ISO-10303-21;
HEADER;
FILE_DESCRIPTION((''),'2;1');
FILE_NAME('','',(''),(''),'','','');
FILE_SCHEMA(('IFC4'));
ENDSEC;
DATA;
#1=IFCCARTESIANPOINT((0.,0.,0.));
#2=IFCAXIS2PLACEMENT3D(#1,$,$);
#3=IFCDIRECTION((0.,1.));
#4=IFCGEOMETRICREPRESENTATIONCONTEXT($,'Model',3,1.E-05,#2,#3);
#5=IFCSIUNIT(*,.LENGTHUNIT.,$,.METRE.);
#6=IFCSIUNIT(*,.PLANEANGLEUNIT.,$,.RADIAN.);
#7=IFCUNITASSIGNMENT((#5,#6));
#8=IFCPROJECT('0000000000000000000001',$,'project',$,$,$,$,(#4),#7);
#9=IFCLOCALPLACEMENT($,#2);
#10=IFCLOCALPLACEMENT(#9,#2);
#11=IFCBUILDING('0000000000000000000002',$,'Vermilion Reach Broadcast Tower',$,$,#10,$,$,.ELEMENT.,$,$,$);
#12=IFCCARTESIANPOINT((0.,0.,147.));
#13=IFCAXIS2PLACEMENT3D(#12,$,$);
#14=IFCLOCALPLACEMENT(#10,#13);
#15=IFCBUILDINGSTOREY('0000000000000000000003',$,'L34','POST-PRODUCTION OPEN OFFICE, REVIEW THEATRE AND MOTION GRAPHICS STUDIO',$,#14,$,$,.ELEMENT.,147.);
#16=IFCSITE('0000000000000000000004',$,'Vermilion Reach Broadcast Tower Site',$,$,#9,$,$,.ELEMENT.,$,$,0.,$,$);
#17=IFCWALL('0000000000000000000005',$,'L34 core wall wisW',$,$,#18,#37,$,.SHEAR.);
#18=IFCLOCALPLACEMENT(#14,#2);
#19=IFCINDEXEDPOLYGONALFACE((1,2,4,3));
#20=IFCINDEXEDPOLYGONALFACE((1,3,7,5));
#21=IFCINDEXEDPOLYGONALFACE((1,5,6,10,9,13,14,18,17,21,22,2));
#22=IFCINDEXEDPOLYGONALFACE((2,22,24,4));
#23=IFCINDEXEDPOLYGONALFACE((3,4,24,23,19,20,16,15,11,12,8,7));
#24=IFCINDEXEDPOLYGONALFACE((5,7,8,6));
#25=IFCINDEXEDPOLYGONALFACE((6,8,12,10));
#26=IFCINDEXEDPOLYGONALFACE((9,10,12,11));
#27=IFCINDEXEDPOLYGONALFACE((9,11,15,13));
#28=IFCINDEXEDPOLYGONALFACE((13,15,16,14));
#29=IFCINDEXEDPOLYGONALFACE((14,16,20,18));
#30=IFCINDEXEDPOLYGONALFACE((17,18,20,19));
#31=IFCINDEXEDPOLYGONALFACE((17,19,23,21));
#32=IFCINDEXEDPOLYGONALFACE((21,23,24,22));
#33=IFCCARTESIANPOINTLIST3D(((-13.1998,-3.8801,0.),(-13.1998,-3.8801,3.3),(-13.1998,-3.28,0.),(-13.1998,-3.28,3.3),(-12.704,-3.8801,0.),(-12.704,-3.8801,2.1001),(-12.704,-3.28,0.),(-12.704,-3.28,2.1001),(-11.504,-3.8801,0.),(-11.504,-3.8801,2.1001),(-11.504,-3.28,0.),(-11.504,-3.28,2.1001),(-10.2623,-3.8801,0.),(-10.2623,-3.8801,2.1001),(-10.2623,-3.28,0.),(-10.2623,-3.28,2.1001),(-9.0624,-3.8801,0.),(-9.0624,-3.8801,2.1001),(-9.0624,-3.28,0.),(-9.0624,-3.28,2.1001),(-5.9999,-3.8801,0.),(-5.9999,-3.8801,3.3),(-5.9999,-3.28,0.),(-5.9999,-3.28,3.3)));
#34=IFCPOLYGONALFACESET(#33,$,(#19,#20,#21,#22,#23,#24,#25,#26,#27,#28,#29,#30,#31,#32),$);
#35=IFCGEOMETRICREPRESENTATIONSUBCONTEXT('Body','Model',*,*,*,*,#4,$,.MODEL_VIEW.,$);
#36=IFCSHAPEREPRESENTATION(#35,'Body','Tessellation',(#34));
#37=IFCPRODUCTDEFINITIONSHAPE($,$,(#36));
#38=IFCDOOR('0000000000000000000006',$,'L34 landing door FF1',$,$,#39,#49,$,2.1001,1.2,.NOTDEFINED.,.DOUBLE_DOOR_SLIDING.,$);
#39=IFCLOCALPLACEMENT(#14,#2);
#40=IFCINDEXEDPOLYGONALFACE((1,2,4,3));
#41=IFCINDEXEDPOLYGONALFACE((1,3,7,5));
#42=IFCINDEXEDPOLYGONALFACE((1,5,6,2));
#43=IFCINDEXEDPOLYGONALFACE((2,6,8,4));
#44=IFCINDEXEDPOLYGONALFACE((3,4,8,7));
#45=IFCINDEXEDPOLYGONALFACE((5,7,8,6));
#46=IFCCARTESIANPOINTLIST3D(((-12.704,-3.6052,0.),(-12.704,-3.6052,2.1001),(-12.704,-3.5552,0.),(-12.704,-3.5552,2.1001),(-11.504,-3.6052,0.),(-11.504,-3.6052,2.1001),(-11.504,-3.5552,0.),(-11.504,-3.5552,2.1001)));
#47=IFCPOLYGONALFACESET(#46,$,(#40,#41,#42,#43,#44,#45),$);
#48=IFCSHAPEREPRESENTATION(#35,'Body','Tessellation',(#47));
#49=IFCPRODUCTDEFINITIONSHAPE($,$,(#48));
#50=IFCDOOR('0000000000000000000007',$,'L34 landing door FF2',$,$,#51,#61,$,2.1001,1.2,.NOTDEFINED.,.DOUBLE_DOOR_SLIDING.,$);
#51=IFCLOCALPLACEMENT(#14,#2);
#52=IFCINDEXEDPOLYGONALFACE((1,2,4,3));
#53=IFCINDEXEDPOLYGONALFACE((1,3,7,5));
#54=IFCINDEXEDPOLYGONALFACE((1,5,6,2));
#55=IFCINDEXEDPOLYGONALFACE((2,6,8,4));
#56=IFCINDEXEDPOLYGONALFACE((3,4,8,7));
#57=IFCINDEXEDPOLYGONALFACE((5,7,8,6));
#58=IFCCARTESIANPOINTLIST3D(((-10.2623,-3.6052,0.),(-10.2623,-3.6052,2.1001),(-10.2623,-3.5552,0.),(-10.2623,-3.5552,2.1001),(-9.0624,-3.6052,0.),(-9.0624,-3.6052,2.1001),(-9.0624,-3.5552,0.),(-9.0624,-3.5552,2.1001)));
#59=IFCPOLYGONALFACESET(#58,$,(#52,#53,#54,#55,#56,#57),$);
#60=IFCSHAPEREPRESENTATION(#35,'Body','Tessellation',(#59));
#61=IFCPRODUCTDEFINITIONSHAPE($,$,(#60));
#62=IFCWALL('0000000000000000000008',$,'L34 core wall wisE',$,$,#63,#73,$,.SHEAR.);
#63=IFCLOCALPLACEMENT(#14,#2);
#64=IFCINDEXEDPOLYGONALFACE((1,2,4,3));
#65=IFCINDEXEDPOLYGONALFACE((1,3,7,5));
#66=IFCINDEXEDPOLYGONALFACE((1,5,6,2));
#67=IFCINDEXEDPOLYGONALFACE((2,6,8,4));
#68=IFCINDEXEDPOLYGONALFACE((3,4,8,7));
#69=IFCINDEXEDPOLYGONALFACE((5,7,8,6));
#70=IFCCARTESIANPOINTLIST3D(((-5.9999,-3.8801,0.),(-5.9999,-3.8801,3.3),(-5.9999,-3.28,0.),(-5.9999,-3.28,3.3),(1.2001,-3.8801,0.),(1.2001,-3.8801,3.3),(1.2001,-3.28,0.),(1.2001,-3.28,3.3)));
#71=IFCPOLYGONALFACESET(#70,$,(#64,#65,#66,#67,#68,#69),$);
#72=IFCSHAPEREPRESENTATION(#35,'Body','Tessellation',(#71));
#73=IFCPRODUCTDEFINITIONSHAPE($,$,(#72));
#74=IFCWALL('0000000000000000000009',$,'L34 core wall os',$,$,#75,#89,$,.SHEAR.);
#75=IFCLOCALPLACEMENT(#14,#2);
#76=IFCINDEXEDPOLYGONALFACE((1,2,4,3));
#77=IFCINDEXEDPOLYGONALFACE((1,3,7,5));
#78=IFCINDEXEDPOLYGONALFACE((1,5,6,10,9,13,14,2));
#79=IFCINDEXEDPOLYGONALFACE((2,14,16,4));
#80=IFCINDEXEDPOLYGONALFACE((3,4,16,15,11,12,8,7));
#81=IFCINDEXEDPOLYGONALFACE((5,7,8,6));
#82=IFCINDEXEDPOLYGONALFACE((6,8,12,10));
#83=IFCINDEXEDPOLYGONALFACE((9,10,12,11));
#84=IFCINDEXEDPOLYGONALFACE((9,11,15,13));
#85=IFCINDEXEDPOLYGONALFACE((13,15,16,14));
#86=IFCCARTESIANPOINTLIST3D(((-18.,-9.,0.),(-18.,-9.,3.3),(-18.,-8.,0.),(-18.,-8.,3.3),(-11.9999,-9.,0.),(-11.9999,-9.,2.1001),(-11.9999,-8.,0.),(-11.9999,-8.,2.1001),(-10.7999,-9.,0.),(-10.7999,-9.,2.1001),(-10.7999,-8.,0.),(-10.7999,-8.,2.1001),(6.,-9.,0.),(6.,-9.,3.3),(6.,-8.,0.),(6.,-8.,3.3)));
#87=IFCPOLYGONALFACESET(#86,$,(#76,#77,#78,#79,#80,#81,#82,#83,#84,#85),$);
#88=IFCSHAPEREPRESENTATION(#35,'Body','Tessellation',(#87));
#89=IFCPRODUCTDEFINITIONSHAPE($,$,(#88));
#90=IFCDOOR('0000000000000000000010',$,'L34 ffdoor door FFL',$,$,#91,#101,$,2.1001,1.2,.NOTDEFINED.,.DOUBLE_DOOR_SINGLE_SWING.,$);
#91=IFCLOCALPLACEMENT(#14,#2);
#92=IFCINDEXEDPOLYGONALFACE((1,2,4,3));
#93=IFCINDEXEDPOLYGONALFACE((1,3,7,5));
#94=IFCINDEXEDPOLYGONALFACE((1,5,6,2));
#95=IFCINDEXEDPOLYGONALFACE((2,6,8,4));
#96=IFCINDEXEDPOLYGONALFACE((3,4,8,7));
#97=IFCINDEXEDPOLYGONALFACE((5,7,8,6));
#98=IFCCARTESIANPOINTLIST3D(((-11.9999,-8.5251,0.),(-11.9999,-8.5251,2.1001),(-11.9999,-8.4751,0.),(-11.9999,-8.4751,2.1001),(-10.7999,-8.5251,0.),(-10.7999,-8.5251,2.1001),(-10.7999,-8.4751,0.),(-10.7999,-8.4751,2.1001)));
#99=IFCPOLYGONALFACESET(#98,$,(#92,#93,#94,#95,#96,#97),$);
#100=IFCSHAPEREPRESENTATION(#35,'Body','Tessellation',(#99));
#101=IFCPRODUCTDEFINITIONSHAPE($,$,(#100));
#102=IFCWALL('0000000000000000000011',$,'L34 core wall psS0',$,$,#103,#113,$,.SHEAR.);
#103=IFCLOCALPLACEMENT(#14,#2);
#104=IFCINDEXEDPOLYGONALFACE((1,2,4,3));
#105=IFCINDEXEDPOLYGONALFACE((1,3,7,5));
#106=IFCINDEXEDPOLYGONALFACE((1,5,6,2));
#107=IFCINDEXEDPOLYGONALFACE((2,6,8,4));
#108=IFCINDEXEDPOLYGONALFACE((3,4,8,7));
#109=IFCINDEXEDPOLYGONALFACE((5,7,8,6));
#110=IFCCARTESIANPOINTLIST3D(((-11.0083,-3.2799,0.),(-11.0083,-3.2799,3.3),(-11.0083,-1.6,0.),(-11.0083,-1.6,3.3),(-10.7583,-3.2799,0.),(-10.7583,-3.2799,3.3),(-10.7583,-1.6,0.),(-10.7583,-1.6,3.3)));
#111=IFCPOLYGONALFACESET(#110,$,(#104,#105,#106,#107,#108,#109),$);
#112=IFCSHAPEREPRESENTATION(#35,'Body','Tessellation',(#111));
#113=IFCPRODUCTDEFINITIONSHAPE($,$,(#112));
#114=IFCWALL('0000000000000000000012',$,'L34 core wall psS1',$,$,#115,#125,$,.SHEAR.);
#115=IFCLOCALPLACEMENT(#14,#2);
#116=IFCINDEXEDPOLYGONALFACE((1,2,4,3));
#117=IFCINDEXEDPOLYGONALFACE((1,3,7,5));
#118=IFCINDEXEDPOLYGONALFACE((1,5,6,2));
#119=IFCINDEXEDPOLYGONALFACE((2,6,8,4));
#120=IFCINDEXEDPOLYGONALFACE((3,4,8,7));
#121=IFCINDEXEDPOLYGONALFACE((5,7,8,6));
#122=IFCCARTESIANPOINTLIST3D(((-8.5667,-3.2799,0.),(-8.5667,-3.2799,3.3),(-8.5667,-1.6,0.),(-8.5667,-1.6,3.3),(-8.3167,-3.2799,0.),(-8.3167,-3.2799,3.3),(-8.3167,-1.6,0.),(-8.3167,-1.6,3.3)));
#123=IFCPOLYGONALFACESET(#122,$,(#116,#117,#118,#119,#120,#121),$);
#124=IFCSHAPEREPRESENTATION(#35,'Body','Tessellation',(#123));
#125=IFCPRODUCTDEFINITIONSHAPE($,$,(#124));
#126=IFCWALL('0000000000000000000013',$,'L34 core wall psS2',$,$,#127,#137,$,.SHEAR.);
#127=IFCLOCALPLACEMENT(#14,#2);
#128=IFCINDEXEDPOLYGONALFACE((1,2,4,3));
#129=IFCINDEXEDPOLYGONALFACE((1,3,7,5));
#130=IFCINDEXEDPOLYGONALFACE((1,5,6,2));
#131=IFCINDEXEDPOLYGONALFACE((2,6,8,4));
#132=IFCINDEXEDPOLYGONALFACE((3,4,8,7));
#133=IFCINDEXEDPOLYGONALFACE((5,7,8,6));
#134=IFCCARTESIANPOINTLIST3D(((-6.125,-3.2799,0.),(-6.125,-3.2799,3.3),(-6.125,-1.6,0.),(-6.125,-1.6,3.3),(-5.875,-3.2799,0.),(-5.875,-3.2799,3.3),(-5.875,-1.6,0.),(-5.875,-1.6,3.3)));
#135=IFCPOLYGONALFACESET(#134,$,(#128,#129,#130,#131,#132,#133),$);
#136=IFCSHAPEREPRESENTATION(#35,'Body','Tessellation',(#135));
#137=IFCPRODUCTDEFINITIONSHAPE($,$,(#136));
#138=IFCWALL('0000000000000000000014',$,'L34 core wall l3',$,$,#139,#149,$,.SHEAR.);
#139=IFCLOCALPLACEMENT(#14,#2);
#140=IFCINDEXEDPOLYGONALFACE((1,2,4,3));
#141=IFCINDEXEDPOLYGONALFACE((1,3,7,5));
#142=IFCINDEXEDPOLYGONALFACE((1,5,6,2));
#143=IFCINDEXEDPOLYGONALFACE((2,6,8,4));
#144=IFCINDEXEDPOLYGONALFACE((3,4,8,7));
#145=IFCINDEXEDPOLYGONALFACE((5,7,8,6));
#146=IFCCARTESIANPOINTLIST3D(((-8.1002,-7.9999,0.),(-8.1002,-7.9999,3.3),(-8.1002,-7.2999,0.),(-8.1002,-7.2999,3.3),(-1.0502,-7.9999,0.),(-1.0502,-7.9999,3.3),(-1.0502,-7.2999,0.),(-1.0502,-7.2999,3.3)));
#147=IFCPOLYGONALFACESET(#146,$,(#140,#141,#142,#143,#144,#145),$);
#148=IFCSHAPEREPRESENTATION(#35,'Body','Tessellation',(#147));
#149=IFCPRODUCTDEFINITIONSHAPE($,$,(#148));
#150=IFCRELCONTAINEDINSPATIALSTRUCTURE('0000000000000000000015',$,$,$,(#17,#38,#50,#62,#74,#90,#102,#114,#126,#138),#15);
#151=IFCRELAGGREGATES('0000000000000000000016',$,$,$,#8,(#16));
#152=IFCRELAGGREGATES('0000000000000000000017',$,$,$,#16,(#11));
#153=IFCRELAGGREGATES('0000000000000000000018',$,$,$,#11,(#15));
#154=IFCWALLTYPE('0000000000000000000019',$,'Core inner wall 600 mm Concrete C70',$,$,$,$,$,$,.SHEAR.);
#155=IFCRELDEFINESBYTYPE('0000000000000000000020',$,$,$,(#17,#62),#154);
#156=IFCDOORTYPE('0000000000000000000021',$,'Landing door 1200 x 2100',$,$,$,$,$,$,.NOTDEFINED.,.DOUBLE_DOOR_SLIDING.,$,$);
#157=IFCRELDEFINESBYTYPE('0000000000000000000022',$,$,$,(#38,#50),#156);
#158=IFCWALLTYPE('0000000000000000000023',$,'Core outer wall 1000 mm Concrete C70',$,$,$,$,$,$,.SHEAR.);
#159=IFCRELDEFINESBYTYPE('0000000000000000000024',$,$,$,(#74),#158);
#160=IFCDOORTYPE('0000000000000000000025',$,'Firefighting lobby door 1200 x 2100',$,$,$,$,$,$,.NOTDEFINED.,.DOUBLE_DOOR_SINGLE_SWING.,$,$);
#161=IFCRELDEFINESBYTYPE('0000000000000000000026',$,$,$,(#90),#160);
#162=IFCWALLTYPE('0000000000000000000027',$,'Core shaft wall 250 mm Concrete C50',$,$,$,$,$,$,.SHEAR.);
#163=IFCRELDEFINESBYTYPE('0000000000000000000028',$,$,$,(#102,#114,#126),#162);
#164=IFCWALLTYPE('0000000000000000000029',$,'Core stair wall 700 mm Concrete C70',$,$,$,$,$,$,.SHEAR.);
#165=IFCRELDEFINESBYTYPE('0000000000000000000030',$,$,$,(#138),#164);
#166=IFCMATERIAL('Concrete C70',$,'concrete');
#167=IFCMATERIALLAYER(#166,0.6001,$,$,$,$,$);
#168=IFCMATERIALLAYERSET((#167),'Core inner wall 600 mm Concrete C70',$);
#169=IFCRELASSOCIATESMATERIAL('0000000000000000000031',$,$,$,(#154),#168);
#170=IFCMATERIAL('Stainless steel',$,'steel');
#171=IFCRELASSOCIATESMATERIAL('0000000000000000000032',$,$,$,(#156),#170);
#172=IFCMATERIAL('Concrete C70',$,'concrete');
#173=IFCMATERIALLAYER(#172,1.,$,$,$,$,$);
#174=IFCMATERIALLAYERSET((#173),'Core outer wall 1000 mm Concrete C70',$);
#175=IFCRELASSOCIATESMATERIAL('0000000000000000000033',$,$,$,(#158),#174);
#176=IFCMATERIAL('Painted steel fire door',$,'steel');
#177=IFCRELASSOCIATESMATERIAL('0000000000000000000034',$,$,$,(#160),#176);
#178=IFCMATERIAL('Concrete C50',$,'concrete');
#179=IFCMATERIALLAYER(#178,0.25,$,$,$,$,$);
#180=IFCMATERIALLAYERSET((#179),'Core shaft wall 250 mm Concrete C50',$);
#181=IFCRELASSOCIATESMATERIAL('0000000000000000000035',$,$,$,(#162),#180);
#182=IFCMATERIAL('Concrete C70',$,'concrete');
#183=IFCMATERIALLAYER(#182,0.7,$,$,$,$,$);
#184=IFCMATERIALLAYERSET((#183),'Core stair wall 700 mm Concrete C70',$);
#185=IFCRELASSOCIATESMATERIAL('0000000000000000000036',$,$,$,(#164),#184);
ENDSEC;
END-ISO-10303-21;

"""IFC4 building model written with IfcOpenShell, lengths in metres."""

from ifc_helpers import new_model, si_unit, direction, frame, frame_2d, origin, place, context, subcontext, project, spatial, rectangle, extrude, material, layer, layer_set, type_object, element, fill, save


model = new_model("IFC4")

# Units and contexts
model_context = context("Model", 3, precision=1e-05, world=origin(), true_north=direction((0.0, 1.0)))
body_context = subcontext(model_context, "Body", "Model", "MODEL_VIEW")
ifc_project = project(units=[si_unit("LENGTHUNIT", "METRE"), si_unit("PLANEANGLEUNIT", "RADIAN")], contexts=[model_context])

# Site, building, storey
site_placement = place(None, origin())
site = spatial("IfcSite", under=ifc_project, at=site_placement, Name="Vermilion Reach Broadcast Tower Site", CompositionType="ELEMENT", RefElevation=0.0)
building_placement = place(site_placement, origin())
building = spatial("IfcBuilding", under=site, at=building_placement, Name="Vermilion Reach Broadcast Tower", CompositionType="ELEMENT")
storey_placement = place(building_placement, frame((0.0, 0.0, 147.0)))
storey = spatial("IfcBuildingStorey", under=building, at=storey_placement, Name="L34", Description="POST-PRODUCTION OPEN OFFICE, REVIEW THEATRE AND MOTION GRAPHICS STUDIO", CompositionType="ELEMENT", Elevation=147.0)

# Wall, openings, doors
ifc_material_1 = material(Name="Concrete C70", Category="concrete")
ifc_layer_1 = layer(ifc_material_1, 0.6001)
ifc_layer_set_1 = layer_set([ifc_layer_1], Name="Core inner wall 600 mm Concrete C70")
wall_type_1 = type_object("IfcWallType", Name="Core inner wall 600 mm Concrete C70", PredefinedType="SHEAR", material=ifc_layer_set_1)
wall_1_placement = place(storey_placement, frame((-13.2, -3.5801, 0.0), z_axis=(0.0, 0.0, 1.0), x_axis=(1.0, 0.0, 0.0)))
wall_1 = element("IfcWall", 1, at=wall_1_placement, inside=storey, type_object=wall_type_1, Name="L34 core wall wisW", PredefinedType="SHEAR", context=body_context, shape_type="SweptSolid", body=[
    extrude(rectangle(XDim=7.2, YDim=0.6001, at=frame_2d((3.6001, 0.0))), origin(), (0.0, 0.0, 1.0), 3.3),
])
opening_1_placement = place(wall_1_placement, frame((0.4958, 0.0, 0.0)))
opening_1 = element("IfcOpeningElement", 2, at=opening_1_placement, cuts=wall_1, PredefinedType="OPENING", context=body_context, shape_type="SweptSolid", body=[
    extrude(rectangle(XDim=1.2, YDim=2.1001, at=frame_2d((0.6001, 1.05))), frame((0.0, 0.3101, 0.0), z_axis=(0.0, -1.0, 0.0), x_axis=(1.0, 0.0, 0.0)), (0.0, 0.0, 1.0), 0.6201),
])
opening_2_placement = place(wall_1_placement, frame((2.9375, 0.0, 0.0)))
opening_2 = element("IfcOpeningElement", 3, at=opening_2_placement, cuts=wall_1, PredefinedType="OPENING", context=body_context, shape_type="SweptSolid", body=[
    extrude(rectangle(XDim=1.2, YDim=2.1001, at=frame_2d((0.6001, 1.05))), frame((0.0, 0.3101, 0.0), z_axis=(0.0, -1.0, 0.0), x_axis=(1.0, 0.0, 0.0)), (0.0, 0.0, 1.0), 0.6201),
])
ifc_material_2 = material(Name="Stainless steel", Category="steel")
door_type_1 = type_object("IfcDoorType", Name="Landing door 1200 x 2100", OperationType="DOUBLE_DOOR_SLIDING", PredefinedType="NOTDEFINED", material=ifc_material_2)
door_1_placement = place(opening_1_placement, origin())
door_1 = element("IfcDoor", 4, at=door_1_placement, inside=storey, type_object=door_type_1, Name="L34 landing door FF1", OperationType="DOUBLE_DOOR_SLIDING", OverallHeight=2.1001, OverallWidth=1.2, PredefinedType="NOTDEFINED", context=body_context, shape_type="SweptSolid", body=[
    extrude(rectangle(XDim=1.2, YDim=2.1001, at=frame_2d((0.6001, 1.05))), frame((0.0, 0.0249, 0.0), z_axis=(0.0, -1.0, 0.0), x_axis=(1.0, 0.0, 0.0)), (0.0, 0.0, 1.0), 0.05),
])
fill(opening_1, door_1)
door_2_placement = place(opening_2_placement, origin())
door_2 = element("IfcDoor", 5, at=door_2_placement, inside=storey, type_object=door_type_1, Name="L34 landing door FF2", OperationType="DOUBLE_DOOR_SLIDING", OverallHeight=2.1001, OverallWidth=1.2, PredefinedType="NOTDEFINED", context=body_context, shape_type="SweptSolid", body=[
    extrude(rectangle(XDim=1.2, YDim=2.1001, at=frame_2d((0.6001, 1.05))), frame((0.0, 0.0249, 0.0), z_axis=(0.0, -1.0, 0.0), x_axis=(1.0, 0.0, 0.0)), (0.0, 0.0, 1.0), 0.05),
])
fill(opening_2, door_2)

# Wall
wall_2_placement = place(storey_placement, frame((-6.0, -3.5801, 0.0), z_axis=(0.0, 0.0, 1.0), x_axis=(1.0, 0.0, 0.0)))
element("IfcWall", 6, at=wall_2_placement, inside=storey, type_object=wall_type_1, Name="L34 core wall wisE", PredefinedType="SHEAR", context=body_context, shape_type="SweptSolid", body=[
    extrude(rectangle(XDim=7.2, YDim=0.6001, at=frame_2d((3.6001, 0.0))), origin(), (0.0, 0.0, 1.0), 3.3),
])

# Wall, opening, door
ifc_material_3 = material(Name="Concrete C70", Category="concrete")
ifc_layer_2 = layer(ifc_material_3, 1.0)
ifc_layer_set_2 = layer_set([ifc_layer_2], Name="Core outer wall 1000 mm Concrete C70")
wall_type_2 = type_object("IfcWallType", Name="Core outer wall 1000 mm Concrete C70", PredefinedType="SHEAR", material=ifc_layer_set_2)
wall_3_placement = place(storey_placement, frame((-18.0, -8.5, 0.0), z_axis=(0.0, 0.0, 1.0), x_axis=(1.0, 0.0, 0.0)))
wall_3 = element("IfcWall", 7, at=wall_3_placement, inside=storey, type_object=wall_type_2, Name="L34 core wall os", PredefinedType="SHEAR", context=body_context, shape_type="SweptSolid", body=[
    extrude(rectangle(XDim=24.0, YDim=1.0, at=frame_2d((12.0, 0.0))), origin(), (0.0, 0.0, 1.0), 3.3),
])
opening_3_placement = place(wall_3_placement, frame((6.0, 0.0, 0.0)))
opening_3 = element("IfcOpeningElement", 8, at=opening_3_placement, cuts=wall_3, PredefinedType="OPENING", context=body_context, shape_type="SweptSolid", body=[
    extrude(rectangle(XDim=1.2, YDim=2.1001, at=frame_2d((0.6001, 1.05))), frame((0.0, 0.51, 0.0), z_axis=(0.0, -1.0, 0.0), x_axis=(1.0, 0.0, 0.0)), (0.0, 0.0, 1.0), 1.02),
])
ifc_material_4 = material(Name="Painted steel fire door", Category="steel")
door_type_2 = type_object("IfcDoorType", Name="Firefighting lobby door 1200 x 2100", OperationType="DOUBLE_DOOR_SINGLE_SWING", PredefinedType="NOTDEFINED", material=ifc_material_4)
door_3_placement = place(opening_3_placement, origin())
door_3 = element("IfcDoor", 9, at=door_3_placement, inside=storey, type_object=door_type_2, Name="L34 ffdoor door FFL", OperationType="DOUBLE_DOOR_SINGLE_SWING", OverallHeight=2.1001, OverallWidth=1.2, PredefinedType="NOTDEFINED", context=body_context, shape_type="SweptSolid", body=[
    extrude(rectangle(XDim=1.2, YDim=2.1001, at=frame_2d((0.6001, 1.05))), frame((0.0, 0.0249, 0.0), z_axis=(0.0, -1.0, 0.0), x_axis=(1.0, 0.0, 0.0)), (0.0, 0.0, 1.0), 0.05),
])
fill(opening_3, door_3)

# Walls
ifc_material_5 = material(Name="Concrete C50", Category="concrete")
ifc_layer_3 = layer(ifc_material_5, 0.25)
ifc_layer_set_3 = layer_set([ifc_layer_3], Name="Core shaft wall 250 mm Concrete C50")
wall_type_3 = type_object("IfcWallType", Name="Core shaft wall 250 mm Concrete C50", PredefinedType="SHEAR", material=ifc_layer_set_3)
for number, where, z_axis, x_axis, name in (
    (10, (-10.8833, -1.6001, 0.0), (0.0, 0.0, 1.0), (0.0, -1.0, 0.0), "L34 core wall psS0"),
    (11, (-8.4417, -1.6001, 0.0), (0.0, 0.0, 1.0), (0.0, -1.0, 0.0), "L34 core wall psS1"),
    (12, (-6.0, -1.6001, 0.0), (0.0, 0.0, 1.0), (0.0, -1.0, 0.0), "L34 core wall psS2"),
):
    element("IfcWall", number, at=place(storey_placement, frame(where, z_axis=z_axis, x_axis=x_axis)), inside=storey, type_object=wall_type_3, Name=name, PredefinedType="SHEAR", context=body_context, shape_type="SweptSolid", body=[
        extrude(rectangle(XDim=1.6799, YDim=0.25, at=frame_2d((0.8398, 0.0))), origin(), (0.0, 0.0, 1.0), 3.3),
    ])
ifc_material_6 = material(Name="Concrete C70", Category="concrete")
ifc_layer_4 = layer(ifc_material_6, 0.7)
ifc_layer_set_4 = layer_set([ifc_layer_4], Name="Core stair wall 700 mm Concrete C70")
wall_type_4 = type_object("IfcWallType", Name="Core stair wall 700 mm Concrete C70", PredefinedType="SHEAR", material=ifc_layer_set_4)
wall_4_placement = place(storey_placement, frame((-8.1001, -7.6499, 0.0), z_axis=(0.0, 0.0, 1.0), x_axis=(1.0, 0.0, 0.0)))
element("IfcWall", 13, at=wall_4_placement, inside=storey, type_object=wall_type_4, Name="L34 core wall l3", PredefinedType="SHEAR", context=body_context, shape_type="SweptSolid", body=[
    extrude(rectangle(XDim=7.05, YDim=0.7, at=frame_2d((3.5249, 0.0))), origin(), (0.0, 0.0, 1.0), 3.3),
])

save(model, "model.ifc")
